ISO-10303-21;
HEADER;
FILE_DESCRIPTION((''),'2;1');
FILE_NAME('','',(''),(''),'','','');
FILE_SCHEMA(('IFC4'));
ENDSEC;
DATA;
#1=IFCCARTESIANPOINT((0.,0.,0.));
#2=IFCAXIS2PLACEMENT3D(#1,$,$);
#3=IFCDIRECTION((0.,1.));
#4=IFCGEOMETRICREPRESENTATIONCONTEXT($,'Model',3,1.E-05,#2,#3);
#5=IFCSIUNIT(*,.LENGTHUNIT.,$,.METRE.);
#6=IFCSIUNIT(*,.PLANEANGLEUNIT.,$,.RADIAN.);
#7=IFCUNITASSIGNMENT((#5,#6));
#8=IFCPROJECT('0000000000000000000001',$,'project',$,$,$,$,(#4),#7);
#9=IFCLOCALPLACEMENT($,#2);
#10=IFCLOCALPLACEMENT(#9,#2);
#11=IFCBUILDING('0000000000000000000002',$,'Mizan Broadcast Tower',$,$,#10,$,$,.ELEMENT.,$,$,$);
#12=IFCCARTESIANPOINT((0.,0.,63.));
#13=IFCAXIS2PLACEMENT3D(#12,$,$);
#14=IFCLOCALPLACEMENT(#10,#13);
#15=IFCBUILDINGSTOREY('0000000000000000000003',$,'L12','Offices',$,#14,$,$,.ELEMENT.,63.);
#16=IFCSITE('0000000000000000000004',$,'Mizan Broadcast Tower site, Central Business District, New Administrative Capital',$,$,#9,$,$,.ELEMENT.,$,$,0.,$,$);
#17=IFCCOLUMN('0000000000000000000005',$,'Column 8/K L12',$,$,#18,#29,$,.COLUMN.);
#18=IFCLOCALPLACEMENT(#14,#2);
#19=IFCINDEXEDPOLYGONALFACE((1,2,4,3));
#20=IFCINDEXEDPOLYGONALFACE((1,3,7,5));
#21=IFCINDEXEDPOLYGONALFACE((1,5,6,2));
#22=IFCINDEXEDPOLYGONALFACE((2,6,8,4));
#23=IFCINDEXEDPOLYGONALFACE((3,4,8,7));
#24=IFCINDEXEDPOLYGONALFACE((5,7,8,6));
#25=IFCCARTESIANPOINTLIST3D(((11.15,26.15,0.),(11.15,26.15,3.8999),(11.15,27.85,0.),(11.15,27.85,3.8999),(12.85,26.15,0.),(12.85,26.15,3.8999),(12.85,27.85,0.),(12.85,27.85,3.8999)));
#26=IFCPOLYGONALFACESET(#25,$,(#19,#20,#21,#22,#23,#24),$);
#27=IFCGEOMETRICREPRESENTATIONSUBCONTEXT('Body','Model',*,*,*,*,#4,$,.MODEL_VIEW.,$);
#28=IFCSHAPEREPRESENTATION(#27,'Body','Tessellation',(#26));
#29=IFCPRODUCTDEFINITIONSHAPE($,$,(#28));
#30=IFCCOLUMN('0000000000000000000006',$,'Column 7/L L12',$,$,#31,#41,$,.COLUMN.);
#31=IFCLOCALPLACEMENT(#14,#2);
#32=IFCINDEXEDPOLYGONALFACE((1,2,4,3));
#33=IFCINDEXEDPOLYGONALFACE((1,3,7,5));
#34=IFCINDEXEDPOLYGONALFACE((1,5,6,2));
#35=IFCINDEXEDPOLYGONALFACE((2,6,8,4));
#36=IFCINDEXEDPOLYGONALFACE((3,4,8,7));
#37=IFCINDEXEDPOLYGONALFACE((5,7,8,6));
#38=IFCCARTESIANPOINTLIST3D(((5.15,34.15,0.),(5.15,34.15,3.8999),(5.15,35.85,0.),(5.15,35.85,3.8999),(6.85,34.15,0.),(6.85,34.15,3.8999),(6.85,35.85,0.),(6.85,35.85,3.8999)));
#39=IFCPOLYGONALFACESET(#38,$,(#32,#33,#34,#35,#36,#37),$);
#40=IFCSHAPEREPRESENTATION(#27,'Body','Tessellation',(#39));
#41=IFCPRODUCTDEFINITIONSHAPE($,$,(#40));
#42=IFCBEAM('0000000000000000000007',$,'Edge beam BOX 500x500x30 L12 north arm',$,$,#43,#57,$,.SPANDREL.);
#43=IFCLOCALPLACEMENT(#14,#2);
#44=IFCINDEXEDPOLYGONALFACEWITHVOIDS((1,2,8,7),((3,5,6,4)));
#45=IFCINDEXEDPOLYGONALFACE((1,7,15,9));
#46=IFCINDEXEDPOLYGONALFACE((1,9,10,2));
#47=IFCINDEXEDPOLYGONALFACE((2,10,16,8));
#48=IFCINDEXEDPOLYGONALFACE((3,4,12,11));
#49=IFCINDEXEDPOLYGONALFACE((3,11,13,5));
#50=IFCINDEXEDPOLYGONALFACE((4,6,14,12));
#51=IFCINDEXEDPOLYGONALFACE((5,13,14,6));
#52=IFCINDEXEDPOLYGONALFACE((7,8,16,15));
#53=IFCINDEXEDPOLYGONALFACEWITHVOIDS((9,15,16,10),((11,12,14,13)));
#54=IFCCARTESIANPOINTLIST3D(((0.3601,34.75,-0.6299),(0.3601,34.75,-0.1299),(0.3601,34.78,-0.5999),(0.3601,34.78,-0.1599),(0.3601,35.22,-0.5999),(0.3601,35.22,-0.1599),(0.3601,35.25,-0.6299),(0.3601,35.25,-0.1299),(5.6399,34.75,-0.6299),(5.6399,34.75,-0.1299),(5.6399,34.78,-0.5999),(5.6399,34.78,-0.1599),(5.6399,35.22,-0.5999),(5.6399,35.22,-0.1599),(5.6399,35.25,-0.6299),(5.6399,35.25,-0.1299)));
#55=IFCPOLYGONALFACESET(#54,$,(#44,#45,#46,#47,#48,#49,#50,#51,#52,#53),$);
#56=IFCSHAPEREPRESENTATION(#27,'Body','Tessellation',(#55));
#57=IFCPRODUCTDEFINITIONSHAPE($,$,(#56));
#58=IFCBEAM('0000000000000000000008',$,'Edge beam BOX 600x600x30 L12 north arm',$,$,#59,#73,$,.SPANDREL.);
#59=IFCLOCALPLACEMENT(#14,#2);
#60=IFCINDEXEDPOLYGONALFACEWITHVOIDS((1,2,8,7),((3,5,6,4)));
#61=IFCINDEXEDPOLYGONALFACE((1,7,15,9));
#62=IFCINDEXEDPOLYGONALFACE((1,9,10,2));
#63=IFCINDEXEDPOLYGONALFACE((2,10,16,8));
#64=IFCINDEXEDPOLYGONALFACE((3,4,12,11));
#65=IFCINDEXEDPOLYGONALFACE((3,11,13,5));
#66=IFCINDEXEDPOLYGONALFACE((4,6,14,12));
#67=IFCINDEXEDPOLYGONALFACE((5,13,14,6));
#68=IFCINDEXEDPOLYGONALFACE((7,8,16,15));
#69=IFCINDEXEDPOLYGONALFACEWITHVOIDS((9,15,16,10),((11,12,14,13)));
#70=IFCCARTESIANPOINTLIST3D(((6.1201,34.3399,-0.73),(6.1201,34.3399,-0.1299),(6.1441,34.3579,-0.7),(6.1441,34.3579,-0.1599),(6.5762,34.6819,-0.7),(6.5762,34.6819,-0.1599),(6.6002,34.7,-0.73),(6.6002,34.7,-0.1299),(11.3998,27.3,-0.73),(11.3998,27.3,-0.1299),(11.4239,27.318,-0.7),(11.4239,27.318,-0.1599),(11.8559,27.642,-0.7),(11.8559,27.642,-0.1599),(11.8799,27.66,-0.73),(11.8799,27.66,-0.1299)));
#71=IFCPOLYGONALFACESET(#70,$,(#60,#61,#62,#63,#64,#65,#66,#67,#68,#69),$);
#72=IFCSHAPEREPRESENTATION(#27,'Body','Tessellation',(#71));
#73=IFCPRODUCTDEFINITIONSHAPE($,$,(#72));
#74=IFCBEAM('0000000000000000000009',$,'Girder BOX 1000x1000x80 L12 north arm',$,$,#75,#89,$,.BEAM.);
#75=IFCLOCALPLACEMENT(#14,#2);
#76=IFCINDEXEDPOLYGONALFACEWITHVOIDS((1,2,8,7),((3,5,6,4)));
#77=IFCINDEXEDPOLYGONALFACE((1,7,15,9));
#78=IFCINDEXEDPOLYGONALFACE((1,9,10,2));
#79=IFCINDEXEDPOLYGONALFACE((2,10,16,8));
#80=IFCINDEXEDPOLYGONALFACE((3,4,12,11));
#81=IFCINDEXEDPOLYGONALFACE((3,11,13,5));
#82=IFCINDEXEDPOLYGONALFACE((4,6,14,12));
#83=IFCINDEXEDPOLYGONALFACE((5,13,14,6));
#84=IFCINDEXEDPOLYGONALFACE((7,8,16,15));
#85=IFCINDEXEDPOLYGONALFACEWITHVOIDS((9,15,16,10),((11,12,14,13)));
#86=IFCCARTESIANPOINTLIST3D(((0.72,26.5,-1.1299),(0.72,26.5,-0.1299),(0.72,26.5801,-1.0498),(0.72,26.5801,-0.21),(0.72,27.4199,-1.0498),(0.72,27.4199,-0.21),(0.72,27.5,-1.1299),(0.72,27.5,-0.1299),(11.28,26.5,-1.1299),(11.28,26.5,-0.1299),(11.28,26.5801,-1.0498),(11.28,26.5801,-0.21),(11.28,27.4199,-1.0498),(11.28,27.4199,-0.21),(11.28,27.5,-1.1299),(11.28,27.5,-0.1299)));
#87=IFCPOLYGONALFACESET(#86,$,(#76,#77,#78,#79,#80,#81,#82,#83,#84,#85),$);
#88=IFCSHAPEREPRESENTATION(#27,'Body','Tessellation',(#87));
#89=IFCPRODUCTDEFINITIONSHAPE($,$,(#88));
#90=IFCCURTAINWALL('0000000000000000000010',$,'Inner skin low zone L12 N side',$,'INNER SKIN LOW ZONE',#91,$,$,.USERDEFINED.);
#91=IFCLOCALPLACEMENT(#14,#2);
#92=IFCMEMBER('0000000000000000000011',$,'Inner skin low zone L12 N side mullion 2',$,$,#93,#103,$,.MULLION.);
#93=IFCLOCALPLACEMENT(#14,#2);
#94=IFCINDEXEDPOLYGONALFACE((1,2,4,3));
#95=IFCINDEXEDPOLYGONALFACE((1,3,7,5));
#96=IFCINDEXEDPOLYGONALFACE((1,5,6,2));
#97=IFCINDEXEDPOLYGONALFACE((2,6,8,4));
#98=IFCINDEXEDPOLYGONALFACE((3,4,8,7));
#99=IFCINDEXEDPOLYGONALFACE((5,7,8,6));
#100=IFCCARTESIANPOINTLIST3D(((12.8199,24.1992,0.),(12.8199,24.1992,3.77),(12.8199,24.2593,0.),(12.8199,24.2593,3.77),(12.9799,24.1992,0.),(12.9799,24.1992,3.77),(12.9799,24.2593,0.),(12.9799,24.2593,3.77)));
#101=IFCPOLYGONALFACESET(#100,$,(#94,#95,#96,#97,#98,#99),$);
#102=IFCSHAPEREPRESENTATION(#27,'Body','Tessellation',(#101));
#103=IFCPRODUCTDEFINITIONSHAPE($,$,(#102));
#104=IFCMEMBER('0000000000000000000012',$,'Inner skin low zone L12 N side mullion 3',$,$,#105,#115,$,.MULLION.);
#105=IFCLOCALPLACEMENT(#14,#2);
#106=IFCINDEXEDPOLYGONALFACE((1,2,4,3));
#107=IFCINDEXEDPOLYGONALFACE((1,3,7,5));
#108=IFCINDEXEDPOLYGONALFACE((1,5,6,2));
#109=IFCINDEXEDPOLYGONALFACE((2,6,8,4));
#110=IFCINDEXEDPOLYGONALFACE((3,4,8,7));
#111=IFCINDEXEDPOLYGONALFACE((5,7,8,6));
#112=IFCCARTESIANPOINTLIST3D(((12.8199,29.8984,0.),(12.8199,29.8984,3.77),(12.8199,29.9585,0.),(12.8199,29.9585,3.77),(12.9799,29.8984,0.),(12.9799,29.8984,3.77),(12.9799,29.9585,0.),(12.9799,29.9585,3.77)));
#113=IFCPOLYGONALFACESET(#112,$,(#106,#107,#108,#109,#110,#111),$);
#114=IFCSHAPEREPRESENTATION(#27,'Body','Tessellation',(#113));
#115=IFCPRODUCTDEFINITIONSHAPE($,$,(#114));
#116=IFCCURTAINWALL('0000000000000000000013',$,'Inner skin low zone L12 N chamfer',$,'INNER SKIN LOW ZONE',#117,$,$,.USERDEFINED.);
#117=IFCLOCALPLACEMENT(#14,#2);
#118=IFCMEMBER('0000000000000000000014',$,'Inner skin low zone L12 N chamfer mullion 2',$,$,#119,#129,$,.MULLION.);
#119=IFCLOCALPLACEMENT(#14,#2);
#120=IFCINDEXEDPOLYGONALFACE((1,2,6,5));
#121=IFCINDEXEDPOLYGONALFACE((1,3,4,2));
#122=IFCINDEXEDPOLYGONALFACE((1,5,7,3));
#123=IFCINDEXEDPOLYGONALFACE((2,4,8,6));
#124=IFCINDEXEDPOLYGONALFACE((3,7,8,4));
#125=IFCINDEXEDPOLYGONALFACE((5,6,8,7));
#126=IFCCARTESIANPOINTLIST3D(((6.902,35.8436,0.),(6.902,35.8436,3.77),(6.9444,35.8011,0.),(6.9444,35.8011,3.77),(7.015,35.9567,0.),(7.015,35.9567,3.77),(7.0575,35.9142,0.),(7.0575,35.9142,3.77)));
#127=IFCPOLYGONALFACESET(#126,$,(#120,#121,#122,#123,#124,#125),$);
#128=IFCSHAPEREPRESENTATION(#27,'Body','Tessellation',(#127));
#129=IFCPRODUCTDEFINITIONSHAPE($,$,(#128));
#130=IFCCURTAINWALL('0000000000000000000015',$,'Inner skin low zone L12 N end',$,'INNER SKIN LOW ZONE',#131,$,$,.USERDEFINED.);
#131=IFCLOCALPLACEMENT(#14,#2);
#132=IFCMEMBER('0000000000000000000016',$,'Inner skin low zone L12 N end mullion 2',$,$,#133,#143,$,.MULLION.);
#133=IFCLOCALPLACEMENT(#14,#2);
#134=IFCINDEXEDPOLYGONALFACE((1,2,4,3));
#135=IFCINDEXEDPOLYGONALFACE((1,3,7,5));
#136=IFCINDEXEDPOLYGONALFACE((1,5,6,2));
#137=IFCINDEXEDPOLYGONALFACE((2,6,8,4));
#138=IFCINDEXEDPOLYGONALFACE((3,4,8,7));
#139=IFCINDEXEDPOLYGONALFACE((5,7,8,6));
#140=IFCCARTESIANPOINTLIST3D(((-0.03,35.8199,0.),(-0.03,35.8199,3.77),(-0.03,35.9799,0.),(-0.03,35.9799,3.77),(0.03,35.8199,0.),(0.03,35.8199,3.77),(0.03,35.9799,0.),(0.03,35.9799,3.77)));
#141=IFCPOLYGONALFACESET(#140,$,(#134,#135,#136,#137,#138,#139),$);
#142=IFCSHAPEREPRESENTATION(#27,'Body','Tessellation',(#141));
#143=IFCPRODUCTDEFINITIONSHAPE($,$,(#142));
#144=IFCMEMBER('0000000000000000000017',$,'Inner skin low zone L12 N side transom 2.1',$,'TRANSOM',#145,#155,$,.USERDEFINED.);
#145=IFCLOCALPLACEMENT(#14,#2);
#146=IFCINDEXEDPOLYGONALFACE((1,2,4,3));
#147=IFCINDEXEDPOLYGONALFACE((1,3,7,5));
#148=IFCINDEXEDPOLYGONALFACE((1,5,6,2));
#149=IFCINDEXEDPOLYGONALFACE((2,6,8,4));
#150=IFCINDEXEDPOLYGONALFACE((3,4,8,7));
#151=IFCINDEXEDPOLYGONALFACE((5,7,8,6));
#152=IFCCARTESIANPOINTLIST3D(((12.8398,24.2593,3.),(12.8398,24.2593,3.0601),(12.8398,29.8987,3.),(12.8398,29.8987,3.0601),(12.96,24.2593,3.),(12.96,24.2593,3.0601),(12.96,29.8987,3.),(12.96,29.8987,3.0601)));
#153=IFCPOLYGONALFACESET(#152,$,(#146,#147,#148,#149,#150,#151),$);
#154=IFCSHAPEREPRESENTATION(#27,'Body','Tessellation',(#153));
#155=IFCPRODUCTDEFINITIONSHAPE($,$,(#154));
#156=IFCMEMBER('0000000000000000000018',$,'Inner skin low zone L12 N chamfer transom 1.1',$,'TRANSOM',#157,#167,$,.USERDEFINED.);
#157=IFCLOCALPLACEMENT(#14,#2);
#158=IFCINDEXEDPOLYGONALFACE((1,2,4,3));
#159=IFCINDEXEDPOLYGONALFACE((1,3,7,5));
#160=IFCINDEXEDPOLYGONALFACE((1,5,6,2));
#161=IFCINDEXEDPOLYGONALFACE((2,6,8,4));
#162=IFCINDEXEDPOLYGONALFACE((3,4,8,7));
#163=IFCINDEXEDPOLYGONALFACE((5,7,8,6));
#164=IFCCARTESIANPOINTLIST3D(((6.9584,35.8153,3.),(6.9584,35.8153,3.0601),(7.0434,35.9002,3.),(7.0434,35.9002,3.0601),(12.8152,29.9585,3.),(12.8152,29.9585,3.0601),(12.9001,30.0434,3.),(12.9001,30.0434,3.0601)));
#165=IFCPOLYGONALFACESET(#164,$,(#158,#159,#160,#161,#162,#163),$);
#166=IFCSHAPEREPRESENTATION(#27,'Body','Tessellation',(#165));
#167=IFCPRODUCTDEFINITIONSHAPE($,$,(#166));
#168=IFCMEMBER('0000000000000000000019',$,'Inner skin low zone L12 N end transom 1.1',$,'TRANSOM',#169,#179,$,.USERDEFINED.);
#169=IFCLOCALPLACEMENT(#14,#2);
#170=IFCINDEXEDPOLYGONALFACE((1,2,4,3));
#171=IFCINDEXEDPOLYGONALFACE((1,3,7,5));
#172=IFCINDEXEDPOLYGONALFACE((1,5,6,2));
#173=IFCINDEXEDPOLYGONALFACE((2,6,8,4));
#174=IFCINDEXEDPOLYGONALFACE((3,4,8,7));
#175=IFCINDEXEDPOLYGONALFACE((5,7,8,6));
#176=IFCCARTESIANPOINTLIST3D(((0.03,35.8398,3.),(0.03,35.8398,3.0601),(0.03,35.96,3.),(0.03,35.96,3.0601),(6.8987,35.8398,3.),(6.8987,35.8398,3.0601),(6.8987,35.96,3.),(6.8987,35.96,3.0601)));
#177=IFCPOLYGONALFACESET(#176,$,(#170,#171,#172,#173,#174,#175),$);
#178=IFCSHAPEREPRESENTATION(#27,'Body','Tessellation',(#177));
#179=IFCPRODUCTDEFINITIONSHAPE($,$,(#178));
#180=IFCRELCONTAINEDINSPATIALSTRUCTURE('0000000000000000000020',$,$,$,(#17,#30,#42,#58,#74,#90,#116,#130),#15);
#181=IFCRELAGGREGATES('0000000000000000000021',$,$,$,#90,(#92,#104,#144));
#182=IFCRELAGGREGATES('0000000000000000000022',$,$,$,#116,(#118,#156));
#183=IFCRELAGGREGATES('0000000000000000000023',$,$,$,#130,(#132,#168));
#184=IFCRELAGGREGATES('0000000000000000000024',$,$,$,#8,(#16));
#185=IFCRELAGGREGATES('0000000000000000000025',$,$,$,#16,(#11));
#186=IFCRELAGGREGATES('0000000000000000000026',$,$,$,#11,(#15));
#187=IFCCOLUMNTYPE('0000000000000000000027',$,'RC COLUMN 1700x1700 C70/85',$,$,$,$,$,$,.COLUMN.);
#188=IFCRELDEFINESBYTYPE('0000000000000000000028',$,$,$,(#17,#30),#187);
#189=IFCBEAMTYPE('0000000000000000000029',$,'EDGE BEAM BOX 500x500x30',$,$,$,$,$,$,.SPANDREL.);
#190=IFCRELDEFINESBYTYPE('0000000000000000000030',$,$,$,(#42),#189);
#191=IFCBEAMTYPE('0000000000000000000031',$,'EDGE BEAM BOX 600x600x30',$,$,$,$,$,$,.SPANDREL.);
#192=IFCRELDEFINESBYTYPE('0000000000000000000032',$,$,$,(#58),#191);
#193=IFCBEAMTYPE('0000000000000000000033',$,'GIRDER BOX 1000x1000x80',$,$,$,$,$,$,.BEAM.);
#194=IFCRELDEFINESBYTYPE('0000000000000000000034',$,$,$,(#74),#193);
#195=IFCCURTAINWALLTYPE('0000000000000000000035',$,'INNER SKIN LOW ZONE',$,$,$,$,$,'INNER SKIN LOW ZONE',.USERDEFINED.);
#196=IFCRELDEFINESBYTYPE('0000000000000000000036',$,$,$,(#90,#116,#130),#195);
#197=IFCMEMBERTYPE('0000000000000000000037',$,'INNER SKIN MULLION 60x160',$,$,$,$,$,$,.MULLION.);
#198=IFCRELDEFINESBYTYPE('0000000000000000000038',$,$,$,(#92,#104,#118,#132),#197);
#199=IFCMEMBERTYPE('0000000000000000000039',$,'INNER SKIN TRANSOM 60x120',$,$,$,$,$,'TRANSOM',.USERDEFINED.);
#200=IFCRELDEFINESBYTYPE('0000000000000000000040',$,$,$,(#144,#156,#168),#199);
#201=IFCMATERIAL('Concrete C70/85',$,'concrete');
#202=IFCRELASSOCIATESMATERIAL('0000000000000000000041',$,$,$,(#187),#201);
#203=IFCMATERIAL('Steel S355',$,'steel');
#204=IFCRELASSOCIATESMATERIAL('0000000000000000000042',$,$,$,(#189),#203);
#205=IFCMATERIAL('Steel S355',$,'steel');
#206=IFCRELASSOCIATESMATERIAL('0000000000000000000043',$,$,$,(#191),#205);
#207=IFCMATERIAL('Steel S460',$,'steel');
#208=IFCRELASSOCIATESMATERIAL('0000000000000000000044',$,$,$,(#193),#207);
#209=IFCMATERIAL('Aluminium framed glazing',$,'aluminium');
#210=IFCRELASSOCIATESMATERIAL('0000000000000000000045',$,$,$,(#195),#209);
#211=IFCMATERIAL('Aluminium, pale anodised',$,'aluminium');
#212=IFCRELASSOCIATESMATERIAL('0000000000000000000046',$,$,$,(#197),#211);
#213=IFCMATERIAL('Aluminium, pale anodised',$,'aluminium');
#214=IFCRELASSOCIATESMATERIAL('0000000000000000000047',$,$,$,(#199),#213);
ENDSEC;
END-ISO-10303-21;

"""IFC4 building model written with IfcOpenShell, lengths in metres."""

from ifc_helpers import new_model, si_unit, direction, frame, origin, origin_2d, place, context, subcontext, project, spatial, rectangle, hollow_rectangle, extrude, material, material_profile, profile_set, type_object, element, aggregate, save


model = new_model("IFC4")

# Units and contexts
model_context = context("Model", 3, precision=1e-05, world=origin(), true_north=direction((0.0, 1.0)))
body_context = subcontext(model_context, "Body", "Model", "MODEL_VIEW")
ifc_project = project(units=[si_unit("LENGTHUNIT", "METRE"), si_unit("PLANEANGLEUNIT", "RADIAN")], contexts=[model_context])

# Site, building, storey
site_placement = place(None, origin())
site = spatial("IfcSite", under=ifc_project, at=site_placement, Name="Mizan Broadcast Tower site, Central Business District, New Administrative Capital", CompositionType="ELEMENT", RefElevation=0.0)
building_placement = place(site_placement, origin())
building = spatial("IfcBuilding", under=site, at=building_placement, Name="Mizan Broadcast Tower", CompositionType="ELEMENT")
storey_placement = place(building_placement, frame((0.0, 0.0, 63.0)))
storey = spatial("IfcBuildingStorey", under=building, at=storey_placement, Name="L12", Description="Offices", CompositionType="ELEMENT", Elevation=63.0)

# Columns
ifc_material_1 = material(Name="Concrete C70/85", Category="concrete")
ifc_material_profile_1 = material_profile(ifc_material_1, rectangle(XDim=1.7, YDim=1.7, at=origin_2d()), Name="RC 1700x1700")
ifc_profile_set_1 = profile_set([ifc_material_profile_1], Name="Concrete C70/85")
column_type = type_object("IfcColumnType", Name="RC COLUMN 1700x1700 C70/85", PredefinedType="COLUMN", material=ifc_profile_set_1)
for number, where, z_axis, x_axis, name in (
    (1, (12.0, 27.0, 0.0), (0.0, 0.0, 1.0), (1.0, 0.0, 0.0), "Column 8/K L12"),
    (2, (6.0, 35.0, 0.0), (0.0, 0.0, 1.0), (1.0, 0.0, 0.0), "Column 7/L L12"),
):
    element("IfcColumn", number, at=place(storey_placement, frame(where, z_axis=z_axis, x_axis=x_axis)), inside=storey, type_object=column_type, Name=name, PredefinedType="COLUMN", context=body_context, shape_type="SweptSolid", body=[
        extrude(rectangle(XDim=1.7, YDim=1.7, at=origin_2d()), origin(), (0.0, 0.0, 1.0), 3.8999),
    ])

# Beams
ifc_material_2 = material(Name="Steel S355", Category="steel")
ifc_material_profile_2 = material_profile(ifc_material_2, hollow_rectangle(XDim=0.5, YDim=0.5, WallThickness=0.03, at=origin_2d()), Name="BOX 500x500x30")
ifc_profile_set_2 = profile_set([ifc_material_profile_2], Name="Steel S355")
beam_type_1 = type_object("IfcBeamType", Name="EDGE BEAM BOX 500x500x30", PredefinedType="SPANDREL", material=ifc_profile_set_2)
beam_1_placement = place(storey_placement, frame((5.6399, 35.0, -0.3799), z_axis=(-1.0, 0.0, 0.0), x_axis=(0.0, -1.0, 0.0)))
element("IfcBeam", 3, at=beam_1_placement, inside=storey, type_object=beam_type_1, Name="Edge beam BOX 500x500x30 L12 north arm", PredefinedType="SPANDREL", context=body_context, shape_type="SweptSolid", body=[
    extrude(hollow_rectangle(XDim=0.5, YDim=0.5, WallThickness=0.03, at=origin_2d()), origin(), (0.0, 0.0, 1.0), 5.2798),
])
ifc_material_3 = material(Name="Steel S355", Category="steel")
ifc_material_profile_3 = material_profile(ifc_material_3, hollow_rectangle(XDim=0.6001, YDim=0.6001, WallThickness=0.03, at=origin_2d()), Name="BOX 600x600x30")
ifc_profile_set_3 = profile_set([ifc_material_profile_3], Name="Steel S355")
beam_type_2 = type_object("IfcBeamType", Name="EDGE BEAM BOX 600x600x30", PredefinedType="SPANDREL", material=ifc_profile_set_3)
beam_2_placement = place(storey_placement, frame((11.6399, 27.48, -0.4299), z_axis=(-0.599982, 0.800013, 0.0), x_axis=(-0.800013, -0.599982, 0.0)))
element("IfcBeam", 4, at=beam_2_placement, inside=storey, type_object=beam_type_2, Name="Edge beam BOX 600x600x30 L12 north arm", PredefinedType="SPANDREL", context=body_context, shape_type="SweptSolid", body=[
    extrude(hollow_rectangle(XDim=0.6001, YDim=0.6001, WallThickness=0.03, at=origin_2d()), origin(), (0.0, 0.0, 1.0), 8.7998),
])
ifc_material_4 = material(Name="Steel S460", Category="steel")
ifc_material_profile_4 = material_profile(ifc_material_4, hollow_rectangle(XDim=1.0, YDim=1.0, WallThickness=0.0801, at=origin_2d()), Name="BOX 1000x1000x80")
ifc_profile_set_4 = profile_set([ifc_material_profile_4], Name="Steel S460")
beam_type_3 = type_object("IfcBeamType", Name="GIRDER BOX 1000x1000x80", PredefinedType="BEAM", material=ifc_profile_set_4)
beam_3_placement = place(storey_placement, frame((11.28, 27.0, -0.6299), z_axis=(-1.0, 0.0, 0.0), x_axis=(0.0, -1.0, 0.0)))
element("IfcBeam", 5, at=beam_3_placement, inside=storey, type_object=beam_type_3, Name="Girder BOX 1000x1000x80 L12 north arm", PredefinedType="BEAM", context=body_context, shape_type="SweptSolid", body=[
    extrude(hollow_rectangle(XDim=1.0, YDim=1.0, WallThickness=0.0801, at=origin_2d()), origin(), (0.0, 0.0, 1.0), 10.5601),
])

# Curtain wall, members
ifc_material_5 = material(Name="Aluminium framed glazing", Category="aluminium")
curtain_wall_type_1 = type_object("IfcCurtainWallType", Name="INNER SKIN LOW ZONE", ElementType="INNER SKIN LOW ZONE", PredefinedType="USERDEFINED", material=ifc_material_5)
curtain_wall_1_placement = place(storey_placement, origin())
curtain_wall_1 = element("IfcCurtainWall", 6, at=curtain_wall_1_placement, inside=storey, type_object=curtain_wall_type_1, Name="Inner skin low zone L12 N side", ObjectType="INNER SKIN LOW ZONE", PredefinedType="USERDEFINED")
ifc_material_6 = material(Name="Aluminium, pale anodised", Category="aluminium")
ifc_material_profile_5 = material_profile(ifc_material_6, rectangle(XDim=0.1599, YDim=0.0601, at=origin_2d()), Name="MULLION 160x60")
ifc_profile_set_5 = profile_set([ifc_material_profile_5], Name="Aluminium, pale anodised")
member_type_1 = type_object("IfcMemberType", Name="INNER SKIN MULLION 60x160", PredefinedType="MULLION", material=ifc_profile_set_5)
member_1_placement = place(storey_placement, frame((12.8999, 24.2292, 0.0), z_axis=(0.0, 0.0, 1.0), x_axis=(-1.0, 0.0, 0.0)))
member_1 = element("IfcMember", 7, at=member_1_placement, type_object=member_type_1, Name="Inner skin low zone L12 N side mullion 2", PredefinedType="MULLION", context=body_context, shape_type="SweptSolid", body=[
    extrude(rectangle(XDim=0.1599, YDim=0.0601, at=origin_2d()), origin(), (0.0, 0.0, 1.0), 3.77),
])
member_2_placement = place(storey_placement, frame((12.8999, 29.9285, 0.0), z_axis=(0.0, 0.0, 1.0), x_axis=(-1.0, 0.0, 0.0)))
member_2 = element("IfcMember", 8, at=member_2_placement, type_object=member_type_1, Name="Inner skin low zone L12 N side mullion 3", PredefinedType="MULLION", context=body_context, shape_type="SweptSolid", body=[
    extrude(rectangle(XDim=0.1599, YDim=0.0601, at=origin_2d()), origin(), (0.0, 0.0, 1.0), 3.77),
])

# Curtain walls, members
curtain_wall_2_placement = place(storey_placement, origin())
curtain_wall_2 = element("IfcCurtainWall", 9, at=curtain_wall_2_placement, inside=storey, type_object=curtain_wall_type_1, Name="Inner skin low zone L12 N chamfer", ObjectType="INNER SKIN LOW ZONE", PredefinedType="USERDEFINED")
member_3_placement = place(storey_placement, frame((6.9797, 35.8789, 0.0), z_axis=(0.0, 0.0, 1.0), x_axis=(-0.707107, -0.707107, 0.0)))
member_3 = element("IfcMember", 10, at=member_3_placement, type_object=member_type_1, Name="Inner skin low zone L12 N chamfer mullion 2", PredefinedType="MULLION", context=body_context, shape_type="SweptSolid", body=[
    extrude(rectangle(XDim=0.1599, YDim=0.0601, at=origin_2d()), origin(), (0.0, 0.0, 1.0), 3.77),
])
curtain_wall_3_placement = place(storey_placement, origin())
curtain_wall_3 = element("IfcCurtainWall", 11, at=curtain_wall_3_placement, inside=storey, type_object=curtain_wall_type_1, Name="Inner skin low zone L12 N end", ObjectType="INNER SKIN LOW ZONE", PredefinedType="USERDEFINED")
member_4_placement = place(storey_placement, frame((0.0, 35.8999, 0.0), z_axis=(0.0, 0.0, 1.0), x_axis=(0.0, -1.0, 0.0)))
member_4 = element("IfcMember", 12, at=member_4_placement, type_object=member_type_1, Name="Inner skin low zone L12 N end mullion 2", PredefinedType="MULLION", context=body_context, shape_type="SweptSolid", body=[
    extrude(rectangle(XDim=0.1599, YDim=0.0601, at=origin_2d()), origin(), (0.0, 0.0, 1.0), 3.77),
])

# Members
ifc_material_7 = material(Name="Aluminium, pale anodised", Category="aluminium")
ifc_material_profile_6 = material_profile(ifc_material_7, rectangle(XDim=0.1201, YDim=0.0601, at=origin_2d()), Name="TRANSOM 120x60")
ifc_profile_set_6 = profile_set([ifc_material_profile_6], Name="Aluminium, pale anodised")
member_type_2 = type_object("IfcMemberType", Name="INNER SKIN TRANSOM 60x120", ElementType="TRANSOM", PredefinedType="USERDEFINED", material=ifc_profile_set_6)
member_5_placement = place(storey_placement, frame((12.8999, 24.2593, 3.03), z_axis=(0.0, 1.0, 0.0), x_axis=(-1.0, 0.0, 0.0)))
member_5 = element("IfcMember", 13, at=member_5_placement, type_object=member_type_2, Name="Inner skin low zone L12 N side transom 2.1", ObjectType="TRANSOM", PredefinedType="USERDEFINED", context=body_context, shape_type="SweptSolid", body=[
    extrude(rectangle(XDim=0.1201, YDim=0.0601, at=origin_2d()), origin(), (0.0, 0.0, 1.0), 5.6394),
])
member_6_placement = place(storey_placement, frame((12.8577, 30.001, 3.03), z_axis=(-0.707107, 0.707107, 0.0), x_axis=(-0.707107, -0.707107, 0.0)))
member_6 = element("IfcMember", 14, at=member_6_placement, type_object=member_type_2, Name="Inner skin low zone L12 N chamfer transom 1.1", ObjectType="TRANSOM", PredefinedType="USERDEFINED", context=body_context, shape_type="SweptSolid", body=[
    extrude(rectangle(XDim=0.1201, YDim=0.0601, at=origin_2d()), origin(), (0.0, 0.0, 1.0), 8.2827),
])
member_7_placement = place(storey_placement, frame((6.8987, 35.8999, 3.03), z_axis=(-1.0, 0.0, 0.0), x_axis=(0.0, -1.0, 0.0)))
member_7 = element("IfcMember", 15, at=member_7_placement, type_object=member_type_2, Name="Inner skin low zone L12 N end transom 1.1", ObjectType="TRANSOM", PredefinedType="USERDEFINED", context=body_context, shape_type="SweptSolid", body=[
    extrude(rectangle(XDim=0.1201, YDim=0.0601, at=origin_2d()), origin(), (0.0, 0.0, 1.0), 6.8687),
])

aggregate(curtain_wall_1, [member_1, member_2, member_5])
aggregate(curtain_wall_2, [member_3, member_6])
aggregate(curtain_wall_3, [member_4, member_7])

save(model, "model.ifc")
